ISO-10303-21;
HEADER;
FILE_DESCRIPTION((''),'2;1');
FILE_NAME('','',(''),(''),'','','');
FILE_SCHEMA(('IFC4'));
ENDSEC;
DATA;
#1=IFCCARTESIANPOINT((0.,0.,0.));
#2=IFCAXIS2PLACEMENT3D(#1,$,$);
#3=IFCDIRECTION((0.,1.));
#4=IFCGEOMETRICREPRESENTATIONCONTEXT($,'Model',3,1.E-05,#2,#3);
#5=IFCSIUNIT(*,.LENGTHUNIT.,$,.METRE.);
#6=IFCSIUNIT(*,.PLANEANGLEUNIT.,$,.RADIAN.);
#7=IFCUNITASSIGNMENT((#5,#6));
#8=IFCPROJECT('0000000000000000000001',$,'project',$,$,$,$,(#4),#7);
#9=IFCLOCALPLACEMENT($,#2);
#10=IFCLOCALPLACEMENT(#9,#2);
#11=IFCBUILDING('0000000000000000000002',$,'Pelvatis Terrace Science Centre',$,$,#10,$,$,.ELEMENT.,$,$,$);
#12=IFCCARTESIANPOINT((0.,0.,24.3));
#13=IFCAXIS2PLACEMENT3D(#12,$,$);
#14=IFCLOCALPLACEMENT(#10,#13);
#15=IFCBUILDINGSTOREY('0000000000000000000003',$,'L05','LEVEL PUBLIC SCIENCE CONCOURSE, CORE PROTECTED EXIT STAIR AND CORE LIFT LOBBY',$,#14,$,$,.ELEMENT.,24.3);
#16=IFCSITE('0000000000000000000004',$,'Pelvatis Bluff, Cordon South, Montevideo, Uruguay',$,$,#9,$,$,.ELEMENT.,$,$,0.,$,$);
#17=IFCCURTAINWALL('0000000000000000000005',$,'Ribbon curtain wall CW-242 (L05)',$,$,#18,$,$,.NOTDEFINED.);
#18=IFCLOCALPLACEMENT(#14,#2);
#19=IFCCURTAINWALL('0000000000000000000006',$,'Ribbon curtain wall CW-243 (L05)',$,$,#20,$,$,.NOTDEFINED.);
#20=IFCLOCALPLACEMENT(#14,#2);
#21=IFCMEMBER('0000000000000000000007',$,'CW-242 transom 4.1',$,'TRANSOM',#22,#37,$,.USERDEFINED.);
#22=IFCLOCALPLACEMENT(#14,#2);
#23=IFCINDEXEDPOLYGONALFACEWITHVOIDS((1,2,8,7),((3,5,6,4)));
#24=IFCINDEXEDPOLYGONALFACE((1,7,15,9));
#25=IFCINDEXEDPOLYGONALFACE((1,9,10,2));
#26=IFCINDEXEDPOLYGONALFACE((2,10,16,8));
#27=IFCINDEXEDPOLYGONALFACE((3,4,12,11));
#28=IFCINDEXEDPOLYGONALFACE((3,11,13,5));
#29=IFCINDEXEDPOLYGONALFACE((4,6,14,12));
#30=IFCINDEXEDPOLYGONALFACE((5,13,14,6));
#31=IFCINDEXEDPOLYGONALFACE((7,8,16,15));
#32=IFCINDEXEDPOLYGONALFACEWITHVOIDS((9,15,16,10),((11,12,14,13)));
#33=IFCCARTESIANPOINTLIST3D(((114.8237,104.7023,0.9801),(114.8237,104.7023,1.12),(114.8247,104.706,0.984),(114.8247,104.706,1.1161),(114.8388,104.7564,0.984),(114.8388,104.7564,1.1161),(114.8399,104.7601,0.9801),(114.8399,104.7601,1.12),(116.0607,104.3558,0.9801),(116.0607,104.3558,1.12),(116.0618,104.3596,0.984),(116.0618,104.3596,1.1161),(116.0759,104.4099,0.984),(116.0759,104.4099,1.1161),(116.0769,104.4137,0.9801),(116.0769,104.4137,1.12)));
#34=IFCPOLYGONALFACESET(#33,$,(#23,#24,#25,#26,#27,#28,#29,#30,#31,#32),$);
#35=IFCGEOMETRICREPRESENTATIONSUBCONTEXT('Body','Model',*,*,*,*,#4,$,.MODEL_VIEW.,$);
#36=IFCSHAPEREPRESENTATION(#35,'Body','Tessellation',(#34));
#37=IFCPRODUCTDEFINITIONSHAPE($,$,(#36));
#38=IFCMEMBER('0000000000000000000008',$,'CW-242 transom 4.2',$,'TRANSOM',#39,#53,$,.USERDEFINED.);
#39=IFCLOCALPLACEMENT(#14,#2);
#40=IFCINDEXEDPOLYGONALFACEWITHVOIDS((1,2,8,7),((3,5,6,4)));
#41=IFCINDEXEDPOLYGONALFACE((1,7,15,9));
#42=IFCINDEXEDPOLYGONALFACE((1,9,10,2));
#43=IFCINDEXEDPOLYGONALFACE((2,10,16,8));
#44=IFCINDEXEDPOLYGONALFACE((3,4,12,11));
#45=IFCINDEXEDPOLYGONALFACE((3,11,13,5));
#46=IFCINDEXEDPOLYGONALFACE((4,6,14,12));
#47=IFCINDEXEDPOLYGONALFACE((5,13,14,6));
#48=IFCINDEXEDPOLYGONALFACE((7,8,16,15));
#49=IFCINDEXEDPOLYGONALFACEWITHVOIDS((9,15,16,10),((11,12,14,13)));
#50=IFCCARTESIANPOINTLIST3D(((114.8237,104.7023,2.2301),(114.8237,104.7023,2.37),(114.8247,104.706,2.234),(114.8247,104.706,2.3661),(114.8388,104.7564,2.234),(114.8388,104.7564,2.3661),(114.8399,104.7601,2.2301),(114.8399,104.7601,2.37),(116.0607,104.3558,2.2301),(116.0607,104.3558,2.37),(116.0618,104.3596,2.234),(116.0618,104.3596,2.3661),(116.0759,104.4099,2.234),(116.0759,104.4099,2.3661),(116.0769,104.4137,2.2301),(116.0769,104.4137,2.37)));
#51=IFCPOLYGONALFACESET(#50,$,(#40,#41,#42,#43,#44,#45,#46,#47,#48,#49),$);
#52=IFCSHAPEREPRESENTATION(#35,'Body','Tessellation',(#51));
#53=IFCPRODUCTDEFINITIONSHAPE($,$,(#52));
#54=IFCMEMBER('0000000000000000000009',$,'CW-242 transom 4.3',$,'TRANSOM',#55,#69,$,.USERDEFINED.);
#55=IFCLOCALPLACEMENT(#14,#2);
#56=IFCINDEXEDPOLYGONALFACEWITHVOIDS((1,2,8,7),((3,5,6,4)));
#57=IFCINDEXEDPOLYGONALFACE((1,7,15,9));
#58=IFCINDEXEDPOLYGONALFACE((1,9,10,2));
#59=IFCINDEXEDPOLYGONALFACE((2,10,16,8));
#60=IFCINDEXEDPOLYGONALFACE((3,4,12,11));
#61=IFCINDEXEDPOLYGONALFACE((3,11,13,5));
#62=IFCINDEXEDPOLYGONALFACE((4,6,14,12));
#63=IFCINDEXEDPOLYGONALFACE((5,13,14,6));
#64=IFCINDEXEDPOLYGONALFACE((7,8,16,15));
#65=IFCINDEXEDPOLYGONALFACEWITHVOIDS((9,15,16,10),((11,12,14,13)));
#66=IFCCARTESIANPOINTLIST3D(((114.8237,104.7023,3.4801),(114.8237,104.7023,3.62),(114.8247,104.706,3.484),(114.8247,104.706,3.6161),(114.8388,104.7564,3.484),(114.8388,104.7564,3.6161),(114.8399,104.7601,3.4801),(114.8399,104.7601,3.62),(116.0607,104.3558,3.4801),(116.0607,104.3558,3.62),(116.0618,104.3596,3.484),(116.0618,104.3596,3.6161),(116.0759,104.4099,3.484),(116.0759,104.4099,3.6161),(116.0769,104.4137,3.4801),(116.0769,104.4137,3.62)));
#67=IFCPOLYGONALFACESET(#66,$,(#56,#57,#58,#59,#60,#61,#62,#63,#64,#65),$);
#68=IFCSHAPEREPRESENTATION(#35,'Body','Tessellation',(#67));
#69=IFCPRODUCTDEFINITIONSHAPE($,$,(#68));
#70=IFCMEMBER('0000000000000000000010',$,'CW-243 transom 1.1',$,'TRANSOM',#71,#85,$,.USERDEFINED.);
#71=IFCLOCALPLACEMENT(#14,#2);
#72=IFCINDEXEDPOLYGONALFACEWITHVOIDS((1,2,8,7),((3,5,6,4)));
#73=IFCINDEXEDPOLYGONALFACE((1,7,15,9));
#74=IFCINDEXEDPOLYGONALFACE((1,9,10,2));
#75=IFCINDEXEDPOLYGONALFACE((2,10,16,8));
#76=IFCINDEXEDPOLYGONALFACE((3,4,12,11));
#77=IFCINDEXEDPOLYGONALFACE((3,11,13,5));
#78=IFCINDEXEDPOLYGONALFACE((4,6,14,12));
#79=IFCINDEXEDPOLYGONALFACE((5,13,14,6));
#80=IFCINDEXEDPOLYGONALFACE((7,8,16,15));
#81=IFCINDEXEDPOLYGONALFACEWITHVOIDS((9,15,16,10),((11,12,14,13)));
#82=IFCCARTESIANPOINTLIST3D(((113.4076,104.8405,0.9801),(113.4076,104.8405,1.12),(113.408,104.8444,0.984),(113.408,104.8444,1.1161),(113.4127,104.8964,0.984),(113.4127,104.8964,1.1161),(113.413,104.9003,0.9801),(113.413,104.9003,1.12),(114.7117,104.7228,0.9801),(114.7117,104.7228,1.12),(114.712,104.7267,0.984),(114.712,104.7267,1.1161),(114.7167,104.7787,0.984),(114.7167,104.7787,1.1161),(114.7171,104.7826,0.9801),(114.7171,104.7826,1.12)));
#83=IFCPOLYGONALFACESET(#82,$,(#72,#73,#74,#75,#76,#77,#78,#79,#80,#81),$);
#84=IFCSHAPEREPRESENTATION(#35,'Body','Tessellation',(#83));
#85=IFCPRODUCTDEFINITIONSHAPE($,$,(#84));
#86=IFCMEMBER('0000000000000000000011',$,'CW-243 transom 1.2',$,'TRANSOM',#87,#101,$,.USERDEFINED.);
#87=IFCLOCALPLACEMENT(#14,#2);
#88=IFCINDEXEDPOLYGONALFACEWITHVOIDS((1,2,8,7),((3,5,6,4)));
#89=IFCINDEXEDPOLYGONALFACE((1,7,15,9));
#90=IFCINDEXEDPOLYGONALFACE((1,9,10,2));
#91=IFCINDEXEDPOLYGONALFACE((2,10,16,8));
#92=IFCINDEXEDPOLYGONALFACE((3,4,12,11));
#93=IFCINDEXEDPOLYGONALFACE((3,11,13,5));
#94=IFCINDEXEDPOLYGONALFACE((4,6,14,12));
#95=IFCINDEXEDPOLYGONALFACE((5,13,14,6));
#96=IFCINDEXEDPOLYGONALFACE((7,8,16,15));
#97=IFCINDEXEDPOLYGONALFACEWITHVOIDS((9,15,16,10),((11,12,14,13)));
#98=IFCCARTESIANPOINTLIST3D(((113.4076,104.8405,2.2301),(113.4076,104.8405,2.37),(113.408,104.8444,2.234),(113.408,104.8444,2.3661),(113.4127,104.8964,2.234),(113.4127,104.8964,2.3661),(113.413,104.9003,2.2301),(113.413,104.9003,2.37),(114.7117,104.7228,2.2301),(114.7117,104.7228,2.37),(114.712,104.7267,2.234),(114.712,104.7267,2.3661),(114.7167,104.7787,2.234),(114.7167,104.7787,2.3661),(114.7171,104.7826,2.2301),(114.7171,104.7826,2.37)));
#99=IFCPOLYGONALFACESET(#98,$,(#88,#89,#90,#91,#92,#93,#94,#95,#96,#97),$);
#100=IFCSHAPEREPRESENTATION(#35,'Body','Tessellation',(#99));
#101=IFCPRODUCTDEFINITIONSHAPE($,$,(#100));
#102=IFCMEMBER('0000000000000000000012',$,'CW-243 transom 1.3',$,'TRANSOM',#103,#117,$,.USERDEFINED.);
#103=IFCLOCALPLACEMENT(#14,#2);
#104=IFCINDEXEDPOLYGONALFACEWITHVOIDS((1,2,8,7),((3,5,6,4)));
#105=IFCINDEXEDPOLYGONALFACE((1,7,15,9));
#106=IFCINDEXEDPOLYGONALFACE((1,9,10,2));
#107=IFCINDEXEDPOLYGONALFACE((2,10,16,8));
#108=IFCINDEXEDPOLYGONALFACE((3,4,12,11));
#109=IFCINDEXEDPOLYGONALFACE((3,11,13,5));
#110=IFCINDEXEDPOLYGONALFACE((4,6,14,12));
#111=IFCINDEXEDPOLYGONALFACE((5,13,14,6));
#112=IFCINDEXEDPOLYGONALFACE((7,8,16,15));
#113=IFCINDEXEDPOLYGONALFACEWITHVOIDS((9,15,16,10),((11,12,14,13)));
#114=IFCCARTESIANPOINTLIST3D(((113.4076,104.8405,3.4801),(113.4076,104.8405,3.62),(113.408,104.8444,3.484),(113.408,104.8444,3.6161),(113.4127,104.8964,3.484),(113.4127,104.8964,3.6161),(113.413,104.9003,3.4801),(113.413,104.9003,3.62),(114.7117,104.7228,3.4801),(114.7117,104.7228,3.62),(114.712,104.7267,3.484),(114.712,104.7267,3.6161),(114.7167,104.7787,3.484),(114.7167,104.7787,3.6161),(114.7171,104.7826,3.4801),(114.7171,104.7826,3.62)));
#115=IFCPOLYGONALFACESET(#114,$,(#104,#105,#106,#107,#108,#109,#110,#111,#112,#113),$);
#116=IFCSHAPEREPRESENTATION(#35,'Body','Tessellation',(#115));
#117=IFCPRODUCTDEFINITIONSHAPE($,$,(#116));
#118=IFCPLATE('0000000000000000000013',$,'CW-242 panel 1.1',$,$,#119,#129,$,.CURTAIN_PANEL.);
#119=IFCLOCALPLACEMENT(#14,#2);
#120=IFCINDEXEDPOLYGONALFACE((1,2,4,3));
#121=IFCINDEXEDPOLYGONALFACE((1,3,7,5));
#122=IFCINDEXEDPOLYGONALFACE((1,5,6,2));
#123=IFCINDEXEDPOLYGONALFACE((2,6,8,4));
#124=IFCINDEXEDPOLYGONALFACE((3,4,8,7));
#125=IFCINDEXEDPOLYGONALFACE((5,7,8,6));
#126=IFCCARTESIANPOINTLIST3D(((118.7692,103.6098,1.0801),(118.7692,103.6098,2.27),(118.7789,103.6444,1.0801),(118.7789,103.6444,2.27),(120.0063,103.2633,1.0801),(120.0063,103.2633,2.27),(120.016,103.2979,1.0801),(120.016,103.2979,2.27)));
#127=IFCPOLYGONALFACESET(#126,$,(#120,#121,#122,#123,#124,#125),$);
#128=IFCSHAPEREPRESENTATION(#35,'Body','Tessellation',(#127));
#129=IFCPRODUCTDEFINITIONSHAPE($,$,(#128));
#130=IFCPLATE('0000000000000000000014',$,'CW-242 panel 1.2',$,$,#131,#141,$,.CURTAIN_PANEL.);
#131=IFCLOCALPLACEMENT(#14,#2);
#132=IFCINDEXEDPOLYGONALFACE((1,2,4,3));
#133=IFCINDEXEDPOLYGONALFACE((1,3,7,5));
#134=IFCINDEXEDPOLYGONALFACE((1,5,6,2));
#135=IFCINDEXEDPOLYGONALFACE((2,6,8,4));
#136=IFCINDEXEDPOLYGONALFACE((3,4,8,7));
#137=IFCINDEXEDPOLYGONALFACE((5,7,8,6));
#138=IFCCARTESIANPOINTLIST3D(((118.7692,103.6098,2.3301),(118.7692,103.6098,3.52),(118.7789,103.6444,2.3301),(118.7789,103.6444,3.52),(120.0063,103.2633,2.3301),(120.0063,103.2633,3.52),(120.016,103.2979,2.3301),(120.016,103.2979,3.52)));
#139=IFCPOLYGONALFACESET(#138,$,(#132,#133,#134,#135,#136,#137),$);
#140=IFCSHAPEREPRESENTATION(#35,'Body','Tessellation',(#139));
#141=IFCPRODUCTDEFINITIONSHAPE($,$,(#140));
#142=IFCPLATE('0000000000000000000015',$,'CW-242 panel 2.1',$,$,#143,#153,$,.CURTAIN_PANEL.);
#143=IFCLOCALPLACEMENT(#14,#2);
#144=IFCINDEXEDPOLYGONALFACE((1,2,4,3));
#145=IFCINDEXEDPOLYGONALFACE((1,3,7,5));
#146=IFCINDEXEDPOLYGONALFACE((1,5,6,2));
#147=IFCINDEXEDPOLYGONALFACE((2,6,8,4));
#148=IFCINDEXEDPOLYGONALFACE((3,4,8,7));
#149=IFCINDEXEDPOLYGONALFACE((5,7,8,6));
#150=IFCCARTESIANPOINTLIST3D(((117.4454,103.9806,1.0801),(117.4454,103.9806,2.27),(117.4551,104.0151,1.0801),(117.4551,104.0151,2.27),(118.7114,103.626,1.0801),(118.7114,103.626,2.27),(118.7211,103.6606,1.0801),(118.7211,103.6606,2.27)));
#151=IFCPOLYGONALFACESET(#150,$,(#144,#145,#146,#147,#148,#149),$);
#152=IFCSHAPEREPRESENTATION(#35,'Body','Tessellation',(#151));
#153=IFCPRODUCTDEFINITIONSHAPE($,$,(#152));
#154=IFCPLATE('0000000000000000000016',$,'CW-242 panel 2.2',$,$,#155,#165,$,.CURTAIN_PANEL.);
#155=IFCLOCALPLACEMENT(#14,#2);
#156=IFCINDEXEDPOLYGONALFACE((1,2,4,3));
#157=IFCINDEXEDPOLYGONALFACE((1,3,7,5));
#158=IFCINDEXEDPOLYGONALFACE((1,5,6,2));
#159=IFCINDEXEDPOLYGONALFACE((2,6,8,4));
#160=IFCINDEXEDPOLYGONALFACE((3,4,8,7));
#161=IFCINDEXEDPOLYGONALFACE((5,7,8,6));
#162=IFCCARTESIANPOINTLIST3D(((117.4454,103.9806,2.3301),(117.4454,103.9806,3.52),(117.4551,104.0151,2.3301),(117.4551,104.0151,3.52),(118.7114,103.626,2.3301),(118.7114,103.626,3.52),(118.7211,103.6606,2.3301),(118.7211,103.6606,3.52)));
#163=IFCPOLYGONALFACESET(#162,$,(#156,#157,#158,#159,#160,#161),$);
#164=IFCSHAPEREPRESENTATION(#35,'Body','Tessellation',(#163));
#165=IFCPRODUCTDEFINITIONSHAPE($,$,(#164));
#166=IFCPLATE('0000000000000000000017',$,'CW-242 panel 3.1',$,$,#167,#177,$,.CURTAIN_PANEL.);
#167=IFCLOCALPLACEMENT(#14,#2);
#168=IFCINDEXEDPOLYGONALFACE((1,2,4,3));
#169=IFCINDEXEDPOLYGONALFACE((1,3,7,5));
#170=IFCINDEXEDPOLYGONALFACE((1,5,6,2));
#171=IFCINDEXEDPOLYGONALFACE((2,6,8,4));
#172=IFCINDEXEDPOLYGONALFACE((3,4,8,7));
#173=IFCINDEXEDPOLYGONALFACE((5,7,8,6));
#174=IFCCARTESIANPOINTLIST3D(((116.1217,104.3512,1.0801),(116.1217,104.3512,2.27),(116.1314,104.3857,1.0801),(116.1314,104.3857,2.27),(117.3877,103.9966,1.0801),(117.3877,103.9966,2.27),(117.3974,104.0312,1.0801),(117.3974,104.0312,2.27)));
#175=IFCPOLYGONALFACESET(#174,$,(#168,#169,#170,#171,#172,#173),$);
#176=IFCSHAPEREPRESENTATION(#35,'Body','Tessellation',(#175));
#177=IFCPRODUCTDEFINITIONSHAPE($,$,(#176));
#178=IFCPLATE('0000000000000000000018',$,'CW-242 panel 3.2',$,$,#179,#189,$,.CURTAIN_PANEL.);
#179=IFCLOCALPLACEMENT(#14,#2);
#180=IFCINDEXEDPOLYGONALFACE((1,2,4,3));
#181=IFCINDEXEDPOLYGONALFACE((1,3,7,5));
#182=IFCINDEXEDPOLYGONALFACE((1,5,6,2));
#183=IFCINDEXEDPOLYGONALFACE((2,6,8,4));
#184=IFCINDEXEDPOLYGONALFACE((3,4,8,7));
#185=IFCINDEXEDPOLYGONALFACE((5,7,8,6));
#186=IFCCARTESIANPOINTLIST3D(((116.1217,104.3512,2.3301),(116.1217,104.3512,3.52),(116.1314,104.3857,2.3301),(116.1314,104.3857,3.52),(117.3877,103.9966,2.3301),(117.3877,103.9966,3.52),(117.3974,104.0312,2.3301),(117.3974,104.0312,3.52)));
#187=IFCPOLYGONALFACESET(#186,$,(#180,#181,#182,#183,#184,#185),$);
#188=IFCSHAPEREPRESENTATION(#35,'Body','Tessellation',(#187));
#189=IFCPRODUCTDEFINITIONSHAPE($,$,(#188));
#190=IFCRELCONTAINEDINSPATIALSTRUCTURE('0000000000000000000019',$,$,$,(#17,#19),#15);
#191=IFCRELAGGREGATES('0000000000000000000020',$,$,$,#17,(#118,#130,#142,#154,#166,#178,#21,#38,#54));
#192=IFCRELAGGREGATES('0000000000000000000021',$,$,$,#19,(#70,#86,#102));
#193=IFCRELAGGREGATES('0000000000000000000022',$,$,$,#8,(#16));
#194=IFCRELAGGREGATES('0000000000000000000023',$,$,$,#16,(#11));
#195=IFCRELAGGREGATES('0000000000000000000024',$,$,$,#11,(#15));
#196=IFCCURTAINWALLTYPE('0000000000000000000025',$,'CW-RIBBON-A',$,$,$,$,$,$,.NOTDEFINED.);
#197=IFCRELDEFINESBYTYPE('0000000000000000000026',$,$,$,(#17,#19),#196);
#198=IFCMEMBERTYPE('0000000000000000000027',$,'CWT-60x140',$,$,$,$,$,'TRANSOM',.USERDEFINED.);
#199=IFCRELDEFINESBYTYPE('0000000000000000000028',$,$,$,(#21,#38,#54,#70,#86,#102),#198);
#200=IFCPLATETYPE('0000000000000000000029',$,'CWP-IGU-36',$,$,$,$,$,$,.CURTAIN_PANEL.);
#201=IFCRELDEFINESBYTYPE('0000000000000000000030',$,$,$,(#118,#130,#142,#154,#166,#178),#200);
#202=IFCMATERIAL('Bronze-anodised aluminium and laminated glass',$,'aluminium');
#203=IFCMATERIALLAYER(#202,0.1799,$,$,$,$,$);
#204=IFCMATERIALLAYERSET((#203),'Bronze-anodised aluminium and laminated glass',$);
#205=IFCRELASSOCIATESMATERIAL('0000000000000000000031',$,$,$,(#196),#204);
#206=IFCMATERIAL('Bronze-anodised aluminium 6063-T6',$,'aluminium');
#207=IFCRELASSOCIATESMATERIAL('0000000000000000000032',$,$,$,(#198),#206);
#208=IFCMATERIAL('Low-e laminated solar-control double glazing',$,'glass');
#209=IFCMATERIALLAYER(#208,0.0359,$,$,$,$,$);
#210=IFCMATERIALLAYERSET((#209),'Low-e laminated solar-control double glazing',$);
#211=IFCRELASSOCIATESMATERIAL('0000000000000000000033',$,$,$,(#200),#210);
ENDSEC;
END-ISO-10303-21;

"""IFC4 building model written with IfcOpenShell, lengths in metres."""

from ifc_helpers import new_model, si_unit, direction, frame, origin, origin_2d, place, context, subcontext, project, spatial, rectangle, hollow_rectangle, extrude, material, layer, layer_set, material_profile, profile_set, type_object, element, aggregate, save


model = new_model("IFC4")

# Units and contexts
model_context = context("Model", 3, precision=1e-05, world=origin(), true_north=direction((0.0, 1.0)))
body_context = subcontext(model_context, "Body", "Model", "MODEL_VIEW")
ifc_project = project(units=[si_unit("LENGTHUNIT", "METRE"), si_unit("PLANEANGLEUNIT", "RADIAN")], contexts=[model_context])

# Site, building, storey
site_placement = place(None, origin())
site = spatial("IfcSite", under=ifc_project, at=site_placement, Name="Pelvatis Bluff, Cordon South, Montevideo, Uruguay", CompositionType="ELEMENT", RefElevation=0.0)
building_placement = place(site_placement, origin())
building = spatial("IfcBuilding", under=site, at=building_placement, Name="Pelvatis Terrace Science Centre", CompositionType="ELEMENT")
storey_placement = place(building_placement, frame((0.0, 0.0, 24.3)))
storey = spatial("IfcBuildingStorey", under=building, at=storey_placement, Name="L05", Description="LEVEL PUBLIC SCIENCE CONCOURSE, CORE PROTECTED EXIT STAIR AND CORE LIFT LOBBY", CompositionType="ELEMENT", Elevation=24.3)

# Curtain wall
ifc_material_1 = material(Name="Bronze-anodised aluminium and laminated glass", Category="aluminium")
ifc_layer_1 = layer(ifc_material_1, 0.1799)
ifc_layer_set_1 = layer_set([ifc_layer_1], Name="Bronze-anodised aluminium and laminated glass")
curtain_wall_type = type_object("IfcCurtainWallType", Name="CW-RIBBON-A", PredefinedType="NOTDEFINED", material=ifc_layer_set_1)
curtain_wall_1_placement = place(storey_placement, origin())
curtain_wall_1 = element("IfcCurtainWall", 1, at=curtain_wall_1_placement, inside=storey, type_object=curtain_wall_type, Name="Ribbon curtain wall CW-242 (L05)", PredefinedType="NOTDEFINED")

# Curtain wall
curtain_wall_2_placement = place(storey_placement, origin())
curtain_wall_2 = element("IfcCurtainWall", 2, at=curtain_wall_2_placement, inside=storey, type_object=curtain_wall_type, Name="Ribbon curtain wall CW-243 (L05)", PredefinedType="NOTDEFINED")

# Members
ifc_material_2 = material(Name="Bronze-anodised aluminium 6063-T6", Category="aluminium")
ifc_material_profile_1 = material_profile(ifc_material_2, hollow_rectangle(XDim=0.0601, YDim=0.1399, WallThickness=0.0039, at=origin_2d()), Name="ALU-TRN 60x140")
ifc_profile_set_1 = profile_set([ifc_material_profile_1], Name="Bronze-anodised aluminium 6063-T6")
member_type_1 = type_object("IfcMemberType", Name="CWT-60x140", ElementType="TRANSOM", PredefinedType="USERDEFINED", material=ifc_profile_set_1)
member_1_placement = place(storey_placement, frame((116.0688, 104.3848, 1.05), z_axis=(-0.962952, 0.269672, 0.0), x_axis=(-0.269672, -0.962952, 0.0)))
member_1 = element("IfcMember", 3, at=member_1_placement, type_object=member_type_1, Name="CW-242 transom 4.1", ObjectType="TRANSOM", PredefinedType="USERDEFINED", context=body_context, shape_type="SweptSolid", body=[
    extrude(hollow_rectangle(XDim=0.0601, YDim=0.1399, WallThickness=0.0039, at=origin_2d()), origin(), (0.0, 0.0, 1.0), 1.2847),
])
member_2_placement = place(storey_placement, frame((116.0688, 104.3848, 2.3), z_axis=(-0.962952, 0.269672, 0.0), x_axis=(-0.269672, -0.962952, 0.0)))
member_2 = element("IfcMember", 4, at=member_2_placement, type_object=member_type_1, Name="CW-242 transom 4.2", ObjectType="TRANSOM", PredefinedType="USERDEFINED", context=body_context, shape_type="SweptSolid", body=[
    extrude(hollow_rectangle(XDim=0.0601, YDim=0.1399, WallThickness=0.0039, at=origin_2d()), origin(), (0.0, 0.0, 1.0), 1.2847),
])
member_3_placement = place(storey_placement, frame((116.0688, 104.3848, 3.55), z_axis=(-0.962952, 0.269672, 0.0), x_axis=(-0.269672, -0.962952, 0.0)))
member_3 = element("IfcMember", 5, at=member_3_placement, type_object=member_type_1, Name="CW-242 transom 4.3", ObjectType="TRANSOM", PredefinedType="USERDEFINED", context=body_context, shape_type="SweptSolid", body=[
    extrude(hollow_rectangle(XDim=0.0601, YDim=0.1399, WallThickness=0.0039, at=origin_2d()), origin(), (0.0, 0.0, 1.0), 1.2847),
])
member_4_placement = place(storey_placement, frame((114.7144, 104.7527, 1.05), z_axis=(-0.995953, 0.08988, 0.0), x_axis=(-0.08988, -0.995953, 0.0)))
member_4 = element("IfcMember", 6, at=member_4_placement, type_object=member_type_1, Name="CW-243 transom 1.1", ObjectType="TRANSOM", PredefinedType="USERDEFINED", context=body_context, shape_type="SweptSolid", body=[
    extrude(hollow_rectangle(XDim=0.0601, YDim=0.1399, WallThickness=0.0039, at=origin_2d()), origin(), (0.0, 0.0, 1.0), 1.3093),
])
member_5_placement = place(storey_placement, frame((114.7144, 104.7527, 2.3), z_axis=(-0.995953, 0.08988, 0.0), x_axis=(-0.08988, -0.995953, 0.0)))
member_5 = element("IfcMember", 7, at=member_5_placement, type_object=member_type_1, Name="CW-243 transom 1.2", ObjectType="TRANSOM", PredefinedType="USERDEFINED", context=body_context, shape_type="SweptSolid", body=[
    extrude(hollow_rectangle(XDim=0.0601, YDim=0.1399, WallThickness=0.0039, at=origin_2d()), origin(), (0.0, 0.0, 1.0), 1.3093),
])
member_6_placement = place(storey_placement, frame((114.7144, 104.7527, 3.55), z_axis=(-0.995953, 0.08988, 0.0), x_axis=(-0.08988, -0.995953, 0.0)))
member_6 = element("IfcMember", 8, at=member_6_placement, type_object=member_type_1, Name="CW-243 transom 1.3", ObjectType="TRANSOM", PredefinedType="USERDEFINED", context=body_context, shape_type="SweptSolid", body=[
    extrude(hollow_rectangle(XDim=0.0601, YDim=0.1399, WallThickness=0.0039, at=origin_2d()), origin(), (0.0, 0.0, 1.0), 1.3093),
])

# Plates
ifc_material_3 = material(Name="Low-e laminated solar-control double glazing", Category="glass")
ifc_layer_2 = layer(ifc_material_3, 0.0359)
ifc_layer_set_2 = layer_set([ifc_layer_2], Name="Low-e laminated solar-control double glazing")
plate_type = type_object("IfcPlateType", Name="CWP-IGU-36", PredefinedType="CURTAIN_PANEL", material=ifc_layer_set_2)
plate_1_placement = place(storey_placement, frame((119.3926, 103.4539, 1.0801), z_axis=(0.0, 0.0, 1.0), x_axis=(-0.962946, 0.269695, 0.0)))
plate_1 = element("IfcPlate", 9, at=plate_1_placement, type_object=plate_type, Name="CW-242 panel 1.1", PredefinedType="CURTAIN_PANEL", context=body_context, shape_type="SweptSolid", body=[
    extrude(rectangle(XDim=1.2847, YDim=0.0359, at=origin_2d()), origin(), (0.0, 0.0, 1.0), 1.1899),
])
plate_2_placement = place(storey_placement, frame((119.3926, 103.4539, 2.3301), z_axis=(0.0, 0.0, 1.0), x_axis=(-0.962946, 0.269695, 0.0)))
plate_2 = element("IfcPlate", 10, at=plate_2_placement, type_object=plate_type, Name="CW-242 panel 1.2", PredefinedType="CURTAIN_PANEL", context=body_context, shape_type="SweptSolid", body=[
    extrude(rectangle(XDim=1.2847, YDim=0.0359, at=origin_2d()), origin(), (0.0, 0.0, 1.0), 1.1899),
])
plate_3_placement = place(storey_placement, frame((118.0833, 103.8206, 1.0801), z_axis=(0.0, 0.0, 1.0), x_axis=(-0.962946, 0.269695, 0.0)))
plate_3 = element("IfcPlate", 11, at=plate_3_placement, type_object=plate_type, Name="CW-242 panel 2.1", PredefinedType="CURTAIN_PANEL", context=body_context, shape_type="SweptSolid", body=[
    extrude(rectangle(XDim=1.3147, YDim=0.0359, at=origin_2d()), origin(), (0.0, 0.0, 1.0), 1.1899),
])
plate_4_placement = place(storey_placement, frame((118.0833, 103.8206, 2.3301), z_axis=(0.0, 0.0, 1.0), x_axis=(-0.962946, 0.269695, 0.0)))
plate_4 = element("IfcPlate", 12, at=plate_4_placement, type_object=plate_type, Name="CW-242 panel 2.2", PredefinedType="CURTAIN_PANEL", context=body_context, shape_type="SweptSolid", body=[
    extrude(rectangle(XDim=1.3147, YDim=0.0359, at=origin_2d()), origin(), (0.0, 0.0, 1.0), 1.1899),
])
plate_5_placement = place(storey_placement, frame((116.7595, 104.1912, 1.0801), z_axis=(0.0, 0.0, 1.0), x_axis=(-0.962946, 0.269695, 0.0)))
plate_5 = element("IfcPlate", 13, at=plate_5_placement, type_object=plate_type, Name="CW-242 panel 3.1", PredefinedType="CURTAIN_PANEL", context=body_context, shape_type="SweptSolid", body=[
    extrude(rectangle(XDim=1.3147, YDim=0.0359, at=origin_2d()), origin(), (0.0, 0.0, 1.0), 1.1899),
])
plate_6_placement = place(storey_placement, frame((116.7595, 104.1912, 2.3301), z_axis=(0.0, 0.0, 1.0), x_axis=(-0.962946, 0.269695, 0.0)))
plate_6 = element("IfcPlate", 14, at=plate_6_placement, type_object=plate_type, Name="CW-242 panel 3.2", PredefinedType="CURTAIN_PANEL", context=body_context, shape_type="SweptSolid", body=[
    extrude(rectangle(XDim=1.3147, YDim=0.0359, at=origin_2d()), origin(), (0.0, 0.0, 1.0), 1.1899),
])
aggregate(curtain_wall_1, [plate_1, plate_2, plate_3, plate_4, plate_5, plate_6, member_1, member_2, member_3])
aggregate(curtain_wall_2, [member_4, member_5, member_6])

save(model, "model.ifc")
